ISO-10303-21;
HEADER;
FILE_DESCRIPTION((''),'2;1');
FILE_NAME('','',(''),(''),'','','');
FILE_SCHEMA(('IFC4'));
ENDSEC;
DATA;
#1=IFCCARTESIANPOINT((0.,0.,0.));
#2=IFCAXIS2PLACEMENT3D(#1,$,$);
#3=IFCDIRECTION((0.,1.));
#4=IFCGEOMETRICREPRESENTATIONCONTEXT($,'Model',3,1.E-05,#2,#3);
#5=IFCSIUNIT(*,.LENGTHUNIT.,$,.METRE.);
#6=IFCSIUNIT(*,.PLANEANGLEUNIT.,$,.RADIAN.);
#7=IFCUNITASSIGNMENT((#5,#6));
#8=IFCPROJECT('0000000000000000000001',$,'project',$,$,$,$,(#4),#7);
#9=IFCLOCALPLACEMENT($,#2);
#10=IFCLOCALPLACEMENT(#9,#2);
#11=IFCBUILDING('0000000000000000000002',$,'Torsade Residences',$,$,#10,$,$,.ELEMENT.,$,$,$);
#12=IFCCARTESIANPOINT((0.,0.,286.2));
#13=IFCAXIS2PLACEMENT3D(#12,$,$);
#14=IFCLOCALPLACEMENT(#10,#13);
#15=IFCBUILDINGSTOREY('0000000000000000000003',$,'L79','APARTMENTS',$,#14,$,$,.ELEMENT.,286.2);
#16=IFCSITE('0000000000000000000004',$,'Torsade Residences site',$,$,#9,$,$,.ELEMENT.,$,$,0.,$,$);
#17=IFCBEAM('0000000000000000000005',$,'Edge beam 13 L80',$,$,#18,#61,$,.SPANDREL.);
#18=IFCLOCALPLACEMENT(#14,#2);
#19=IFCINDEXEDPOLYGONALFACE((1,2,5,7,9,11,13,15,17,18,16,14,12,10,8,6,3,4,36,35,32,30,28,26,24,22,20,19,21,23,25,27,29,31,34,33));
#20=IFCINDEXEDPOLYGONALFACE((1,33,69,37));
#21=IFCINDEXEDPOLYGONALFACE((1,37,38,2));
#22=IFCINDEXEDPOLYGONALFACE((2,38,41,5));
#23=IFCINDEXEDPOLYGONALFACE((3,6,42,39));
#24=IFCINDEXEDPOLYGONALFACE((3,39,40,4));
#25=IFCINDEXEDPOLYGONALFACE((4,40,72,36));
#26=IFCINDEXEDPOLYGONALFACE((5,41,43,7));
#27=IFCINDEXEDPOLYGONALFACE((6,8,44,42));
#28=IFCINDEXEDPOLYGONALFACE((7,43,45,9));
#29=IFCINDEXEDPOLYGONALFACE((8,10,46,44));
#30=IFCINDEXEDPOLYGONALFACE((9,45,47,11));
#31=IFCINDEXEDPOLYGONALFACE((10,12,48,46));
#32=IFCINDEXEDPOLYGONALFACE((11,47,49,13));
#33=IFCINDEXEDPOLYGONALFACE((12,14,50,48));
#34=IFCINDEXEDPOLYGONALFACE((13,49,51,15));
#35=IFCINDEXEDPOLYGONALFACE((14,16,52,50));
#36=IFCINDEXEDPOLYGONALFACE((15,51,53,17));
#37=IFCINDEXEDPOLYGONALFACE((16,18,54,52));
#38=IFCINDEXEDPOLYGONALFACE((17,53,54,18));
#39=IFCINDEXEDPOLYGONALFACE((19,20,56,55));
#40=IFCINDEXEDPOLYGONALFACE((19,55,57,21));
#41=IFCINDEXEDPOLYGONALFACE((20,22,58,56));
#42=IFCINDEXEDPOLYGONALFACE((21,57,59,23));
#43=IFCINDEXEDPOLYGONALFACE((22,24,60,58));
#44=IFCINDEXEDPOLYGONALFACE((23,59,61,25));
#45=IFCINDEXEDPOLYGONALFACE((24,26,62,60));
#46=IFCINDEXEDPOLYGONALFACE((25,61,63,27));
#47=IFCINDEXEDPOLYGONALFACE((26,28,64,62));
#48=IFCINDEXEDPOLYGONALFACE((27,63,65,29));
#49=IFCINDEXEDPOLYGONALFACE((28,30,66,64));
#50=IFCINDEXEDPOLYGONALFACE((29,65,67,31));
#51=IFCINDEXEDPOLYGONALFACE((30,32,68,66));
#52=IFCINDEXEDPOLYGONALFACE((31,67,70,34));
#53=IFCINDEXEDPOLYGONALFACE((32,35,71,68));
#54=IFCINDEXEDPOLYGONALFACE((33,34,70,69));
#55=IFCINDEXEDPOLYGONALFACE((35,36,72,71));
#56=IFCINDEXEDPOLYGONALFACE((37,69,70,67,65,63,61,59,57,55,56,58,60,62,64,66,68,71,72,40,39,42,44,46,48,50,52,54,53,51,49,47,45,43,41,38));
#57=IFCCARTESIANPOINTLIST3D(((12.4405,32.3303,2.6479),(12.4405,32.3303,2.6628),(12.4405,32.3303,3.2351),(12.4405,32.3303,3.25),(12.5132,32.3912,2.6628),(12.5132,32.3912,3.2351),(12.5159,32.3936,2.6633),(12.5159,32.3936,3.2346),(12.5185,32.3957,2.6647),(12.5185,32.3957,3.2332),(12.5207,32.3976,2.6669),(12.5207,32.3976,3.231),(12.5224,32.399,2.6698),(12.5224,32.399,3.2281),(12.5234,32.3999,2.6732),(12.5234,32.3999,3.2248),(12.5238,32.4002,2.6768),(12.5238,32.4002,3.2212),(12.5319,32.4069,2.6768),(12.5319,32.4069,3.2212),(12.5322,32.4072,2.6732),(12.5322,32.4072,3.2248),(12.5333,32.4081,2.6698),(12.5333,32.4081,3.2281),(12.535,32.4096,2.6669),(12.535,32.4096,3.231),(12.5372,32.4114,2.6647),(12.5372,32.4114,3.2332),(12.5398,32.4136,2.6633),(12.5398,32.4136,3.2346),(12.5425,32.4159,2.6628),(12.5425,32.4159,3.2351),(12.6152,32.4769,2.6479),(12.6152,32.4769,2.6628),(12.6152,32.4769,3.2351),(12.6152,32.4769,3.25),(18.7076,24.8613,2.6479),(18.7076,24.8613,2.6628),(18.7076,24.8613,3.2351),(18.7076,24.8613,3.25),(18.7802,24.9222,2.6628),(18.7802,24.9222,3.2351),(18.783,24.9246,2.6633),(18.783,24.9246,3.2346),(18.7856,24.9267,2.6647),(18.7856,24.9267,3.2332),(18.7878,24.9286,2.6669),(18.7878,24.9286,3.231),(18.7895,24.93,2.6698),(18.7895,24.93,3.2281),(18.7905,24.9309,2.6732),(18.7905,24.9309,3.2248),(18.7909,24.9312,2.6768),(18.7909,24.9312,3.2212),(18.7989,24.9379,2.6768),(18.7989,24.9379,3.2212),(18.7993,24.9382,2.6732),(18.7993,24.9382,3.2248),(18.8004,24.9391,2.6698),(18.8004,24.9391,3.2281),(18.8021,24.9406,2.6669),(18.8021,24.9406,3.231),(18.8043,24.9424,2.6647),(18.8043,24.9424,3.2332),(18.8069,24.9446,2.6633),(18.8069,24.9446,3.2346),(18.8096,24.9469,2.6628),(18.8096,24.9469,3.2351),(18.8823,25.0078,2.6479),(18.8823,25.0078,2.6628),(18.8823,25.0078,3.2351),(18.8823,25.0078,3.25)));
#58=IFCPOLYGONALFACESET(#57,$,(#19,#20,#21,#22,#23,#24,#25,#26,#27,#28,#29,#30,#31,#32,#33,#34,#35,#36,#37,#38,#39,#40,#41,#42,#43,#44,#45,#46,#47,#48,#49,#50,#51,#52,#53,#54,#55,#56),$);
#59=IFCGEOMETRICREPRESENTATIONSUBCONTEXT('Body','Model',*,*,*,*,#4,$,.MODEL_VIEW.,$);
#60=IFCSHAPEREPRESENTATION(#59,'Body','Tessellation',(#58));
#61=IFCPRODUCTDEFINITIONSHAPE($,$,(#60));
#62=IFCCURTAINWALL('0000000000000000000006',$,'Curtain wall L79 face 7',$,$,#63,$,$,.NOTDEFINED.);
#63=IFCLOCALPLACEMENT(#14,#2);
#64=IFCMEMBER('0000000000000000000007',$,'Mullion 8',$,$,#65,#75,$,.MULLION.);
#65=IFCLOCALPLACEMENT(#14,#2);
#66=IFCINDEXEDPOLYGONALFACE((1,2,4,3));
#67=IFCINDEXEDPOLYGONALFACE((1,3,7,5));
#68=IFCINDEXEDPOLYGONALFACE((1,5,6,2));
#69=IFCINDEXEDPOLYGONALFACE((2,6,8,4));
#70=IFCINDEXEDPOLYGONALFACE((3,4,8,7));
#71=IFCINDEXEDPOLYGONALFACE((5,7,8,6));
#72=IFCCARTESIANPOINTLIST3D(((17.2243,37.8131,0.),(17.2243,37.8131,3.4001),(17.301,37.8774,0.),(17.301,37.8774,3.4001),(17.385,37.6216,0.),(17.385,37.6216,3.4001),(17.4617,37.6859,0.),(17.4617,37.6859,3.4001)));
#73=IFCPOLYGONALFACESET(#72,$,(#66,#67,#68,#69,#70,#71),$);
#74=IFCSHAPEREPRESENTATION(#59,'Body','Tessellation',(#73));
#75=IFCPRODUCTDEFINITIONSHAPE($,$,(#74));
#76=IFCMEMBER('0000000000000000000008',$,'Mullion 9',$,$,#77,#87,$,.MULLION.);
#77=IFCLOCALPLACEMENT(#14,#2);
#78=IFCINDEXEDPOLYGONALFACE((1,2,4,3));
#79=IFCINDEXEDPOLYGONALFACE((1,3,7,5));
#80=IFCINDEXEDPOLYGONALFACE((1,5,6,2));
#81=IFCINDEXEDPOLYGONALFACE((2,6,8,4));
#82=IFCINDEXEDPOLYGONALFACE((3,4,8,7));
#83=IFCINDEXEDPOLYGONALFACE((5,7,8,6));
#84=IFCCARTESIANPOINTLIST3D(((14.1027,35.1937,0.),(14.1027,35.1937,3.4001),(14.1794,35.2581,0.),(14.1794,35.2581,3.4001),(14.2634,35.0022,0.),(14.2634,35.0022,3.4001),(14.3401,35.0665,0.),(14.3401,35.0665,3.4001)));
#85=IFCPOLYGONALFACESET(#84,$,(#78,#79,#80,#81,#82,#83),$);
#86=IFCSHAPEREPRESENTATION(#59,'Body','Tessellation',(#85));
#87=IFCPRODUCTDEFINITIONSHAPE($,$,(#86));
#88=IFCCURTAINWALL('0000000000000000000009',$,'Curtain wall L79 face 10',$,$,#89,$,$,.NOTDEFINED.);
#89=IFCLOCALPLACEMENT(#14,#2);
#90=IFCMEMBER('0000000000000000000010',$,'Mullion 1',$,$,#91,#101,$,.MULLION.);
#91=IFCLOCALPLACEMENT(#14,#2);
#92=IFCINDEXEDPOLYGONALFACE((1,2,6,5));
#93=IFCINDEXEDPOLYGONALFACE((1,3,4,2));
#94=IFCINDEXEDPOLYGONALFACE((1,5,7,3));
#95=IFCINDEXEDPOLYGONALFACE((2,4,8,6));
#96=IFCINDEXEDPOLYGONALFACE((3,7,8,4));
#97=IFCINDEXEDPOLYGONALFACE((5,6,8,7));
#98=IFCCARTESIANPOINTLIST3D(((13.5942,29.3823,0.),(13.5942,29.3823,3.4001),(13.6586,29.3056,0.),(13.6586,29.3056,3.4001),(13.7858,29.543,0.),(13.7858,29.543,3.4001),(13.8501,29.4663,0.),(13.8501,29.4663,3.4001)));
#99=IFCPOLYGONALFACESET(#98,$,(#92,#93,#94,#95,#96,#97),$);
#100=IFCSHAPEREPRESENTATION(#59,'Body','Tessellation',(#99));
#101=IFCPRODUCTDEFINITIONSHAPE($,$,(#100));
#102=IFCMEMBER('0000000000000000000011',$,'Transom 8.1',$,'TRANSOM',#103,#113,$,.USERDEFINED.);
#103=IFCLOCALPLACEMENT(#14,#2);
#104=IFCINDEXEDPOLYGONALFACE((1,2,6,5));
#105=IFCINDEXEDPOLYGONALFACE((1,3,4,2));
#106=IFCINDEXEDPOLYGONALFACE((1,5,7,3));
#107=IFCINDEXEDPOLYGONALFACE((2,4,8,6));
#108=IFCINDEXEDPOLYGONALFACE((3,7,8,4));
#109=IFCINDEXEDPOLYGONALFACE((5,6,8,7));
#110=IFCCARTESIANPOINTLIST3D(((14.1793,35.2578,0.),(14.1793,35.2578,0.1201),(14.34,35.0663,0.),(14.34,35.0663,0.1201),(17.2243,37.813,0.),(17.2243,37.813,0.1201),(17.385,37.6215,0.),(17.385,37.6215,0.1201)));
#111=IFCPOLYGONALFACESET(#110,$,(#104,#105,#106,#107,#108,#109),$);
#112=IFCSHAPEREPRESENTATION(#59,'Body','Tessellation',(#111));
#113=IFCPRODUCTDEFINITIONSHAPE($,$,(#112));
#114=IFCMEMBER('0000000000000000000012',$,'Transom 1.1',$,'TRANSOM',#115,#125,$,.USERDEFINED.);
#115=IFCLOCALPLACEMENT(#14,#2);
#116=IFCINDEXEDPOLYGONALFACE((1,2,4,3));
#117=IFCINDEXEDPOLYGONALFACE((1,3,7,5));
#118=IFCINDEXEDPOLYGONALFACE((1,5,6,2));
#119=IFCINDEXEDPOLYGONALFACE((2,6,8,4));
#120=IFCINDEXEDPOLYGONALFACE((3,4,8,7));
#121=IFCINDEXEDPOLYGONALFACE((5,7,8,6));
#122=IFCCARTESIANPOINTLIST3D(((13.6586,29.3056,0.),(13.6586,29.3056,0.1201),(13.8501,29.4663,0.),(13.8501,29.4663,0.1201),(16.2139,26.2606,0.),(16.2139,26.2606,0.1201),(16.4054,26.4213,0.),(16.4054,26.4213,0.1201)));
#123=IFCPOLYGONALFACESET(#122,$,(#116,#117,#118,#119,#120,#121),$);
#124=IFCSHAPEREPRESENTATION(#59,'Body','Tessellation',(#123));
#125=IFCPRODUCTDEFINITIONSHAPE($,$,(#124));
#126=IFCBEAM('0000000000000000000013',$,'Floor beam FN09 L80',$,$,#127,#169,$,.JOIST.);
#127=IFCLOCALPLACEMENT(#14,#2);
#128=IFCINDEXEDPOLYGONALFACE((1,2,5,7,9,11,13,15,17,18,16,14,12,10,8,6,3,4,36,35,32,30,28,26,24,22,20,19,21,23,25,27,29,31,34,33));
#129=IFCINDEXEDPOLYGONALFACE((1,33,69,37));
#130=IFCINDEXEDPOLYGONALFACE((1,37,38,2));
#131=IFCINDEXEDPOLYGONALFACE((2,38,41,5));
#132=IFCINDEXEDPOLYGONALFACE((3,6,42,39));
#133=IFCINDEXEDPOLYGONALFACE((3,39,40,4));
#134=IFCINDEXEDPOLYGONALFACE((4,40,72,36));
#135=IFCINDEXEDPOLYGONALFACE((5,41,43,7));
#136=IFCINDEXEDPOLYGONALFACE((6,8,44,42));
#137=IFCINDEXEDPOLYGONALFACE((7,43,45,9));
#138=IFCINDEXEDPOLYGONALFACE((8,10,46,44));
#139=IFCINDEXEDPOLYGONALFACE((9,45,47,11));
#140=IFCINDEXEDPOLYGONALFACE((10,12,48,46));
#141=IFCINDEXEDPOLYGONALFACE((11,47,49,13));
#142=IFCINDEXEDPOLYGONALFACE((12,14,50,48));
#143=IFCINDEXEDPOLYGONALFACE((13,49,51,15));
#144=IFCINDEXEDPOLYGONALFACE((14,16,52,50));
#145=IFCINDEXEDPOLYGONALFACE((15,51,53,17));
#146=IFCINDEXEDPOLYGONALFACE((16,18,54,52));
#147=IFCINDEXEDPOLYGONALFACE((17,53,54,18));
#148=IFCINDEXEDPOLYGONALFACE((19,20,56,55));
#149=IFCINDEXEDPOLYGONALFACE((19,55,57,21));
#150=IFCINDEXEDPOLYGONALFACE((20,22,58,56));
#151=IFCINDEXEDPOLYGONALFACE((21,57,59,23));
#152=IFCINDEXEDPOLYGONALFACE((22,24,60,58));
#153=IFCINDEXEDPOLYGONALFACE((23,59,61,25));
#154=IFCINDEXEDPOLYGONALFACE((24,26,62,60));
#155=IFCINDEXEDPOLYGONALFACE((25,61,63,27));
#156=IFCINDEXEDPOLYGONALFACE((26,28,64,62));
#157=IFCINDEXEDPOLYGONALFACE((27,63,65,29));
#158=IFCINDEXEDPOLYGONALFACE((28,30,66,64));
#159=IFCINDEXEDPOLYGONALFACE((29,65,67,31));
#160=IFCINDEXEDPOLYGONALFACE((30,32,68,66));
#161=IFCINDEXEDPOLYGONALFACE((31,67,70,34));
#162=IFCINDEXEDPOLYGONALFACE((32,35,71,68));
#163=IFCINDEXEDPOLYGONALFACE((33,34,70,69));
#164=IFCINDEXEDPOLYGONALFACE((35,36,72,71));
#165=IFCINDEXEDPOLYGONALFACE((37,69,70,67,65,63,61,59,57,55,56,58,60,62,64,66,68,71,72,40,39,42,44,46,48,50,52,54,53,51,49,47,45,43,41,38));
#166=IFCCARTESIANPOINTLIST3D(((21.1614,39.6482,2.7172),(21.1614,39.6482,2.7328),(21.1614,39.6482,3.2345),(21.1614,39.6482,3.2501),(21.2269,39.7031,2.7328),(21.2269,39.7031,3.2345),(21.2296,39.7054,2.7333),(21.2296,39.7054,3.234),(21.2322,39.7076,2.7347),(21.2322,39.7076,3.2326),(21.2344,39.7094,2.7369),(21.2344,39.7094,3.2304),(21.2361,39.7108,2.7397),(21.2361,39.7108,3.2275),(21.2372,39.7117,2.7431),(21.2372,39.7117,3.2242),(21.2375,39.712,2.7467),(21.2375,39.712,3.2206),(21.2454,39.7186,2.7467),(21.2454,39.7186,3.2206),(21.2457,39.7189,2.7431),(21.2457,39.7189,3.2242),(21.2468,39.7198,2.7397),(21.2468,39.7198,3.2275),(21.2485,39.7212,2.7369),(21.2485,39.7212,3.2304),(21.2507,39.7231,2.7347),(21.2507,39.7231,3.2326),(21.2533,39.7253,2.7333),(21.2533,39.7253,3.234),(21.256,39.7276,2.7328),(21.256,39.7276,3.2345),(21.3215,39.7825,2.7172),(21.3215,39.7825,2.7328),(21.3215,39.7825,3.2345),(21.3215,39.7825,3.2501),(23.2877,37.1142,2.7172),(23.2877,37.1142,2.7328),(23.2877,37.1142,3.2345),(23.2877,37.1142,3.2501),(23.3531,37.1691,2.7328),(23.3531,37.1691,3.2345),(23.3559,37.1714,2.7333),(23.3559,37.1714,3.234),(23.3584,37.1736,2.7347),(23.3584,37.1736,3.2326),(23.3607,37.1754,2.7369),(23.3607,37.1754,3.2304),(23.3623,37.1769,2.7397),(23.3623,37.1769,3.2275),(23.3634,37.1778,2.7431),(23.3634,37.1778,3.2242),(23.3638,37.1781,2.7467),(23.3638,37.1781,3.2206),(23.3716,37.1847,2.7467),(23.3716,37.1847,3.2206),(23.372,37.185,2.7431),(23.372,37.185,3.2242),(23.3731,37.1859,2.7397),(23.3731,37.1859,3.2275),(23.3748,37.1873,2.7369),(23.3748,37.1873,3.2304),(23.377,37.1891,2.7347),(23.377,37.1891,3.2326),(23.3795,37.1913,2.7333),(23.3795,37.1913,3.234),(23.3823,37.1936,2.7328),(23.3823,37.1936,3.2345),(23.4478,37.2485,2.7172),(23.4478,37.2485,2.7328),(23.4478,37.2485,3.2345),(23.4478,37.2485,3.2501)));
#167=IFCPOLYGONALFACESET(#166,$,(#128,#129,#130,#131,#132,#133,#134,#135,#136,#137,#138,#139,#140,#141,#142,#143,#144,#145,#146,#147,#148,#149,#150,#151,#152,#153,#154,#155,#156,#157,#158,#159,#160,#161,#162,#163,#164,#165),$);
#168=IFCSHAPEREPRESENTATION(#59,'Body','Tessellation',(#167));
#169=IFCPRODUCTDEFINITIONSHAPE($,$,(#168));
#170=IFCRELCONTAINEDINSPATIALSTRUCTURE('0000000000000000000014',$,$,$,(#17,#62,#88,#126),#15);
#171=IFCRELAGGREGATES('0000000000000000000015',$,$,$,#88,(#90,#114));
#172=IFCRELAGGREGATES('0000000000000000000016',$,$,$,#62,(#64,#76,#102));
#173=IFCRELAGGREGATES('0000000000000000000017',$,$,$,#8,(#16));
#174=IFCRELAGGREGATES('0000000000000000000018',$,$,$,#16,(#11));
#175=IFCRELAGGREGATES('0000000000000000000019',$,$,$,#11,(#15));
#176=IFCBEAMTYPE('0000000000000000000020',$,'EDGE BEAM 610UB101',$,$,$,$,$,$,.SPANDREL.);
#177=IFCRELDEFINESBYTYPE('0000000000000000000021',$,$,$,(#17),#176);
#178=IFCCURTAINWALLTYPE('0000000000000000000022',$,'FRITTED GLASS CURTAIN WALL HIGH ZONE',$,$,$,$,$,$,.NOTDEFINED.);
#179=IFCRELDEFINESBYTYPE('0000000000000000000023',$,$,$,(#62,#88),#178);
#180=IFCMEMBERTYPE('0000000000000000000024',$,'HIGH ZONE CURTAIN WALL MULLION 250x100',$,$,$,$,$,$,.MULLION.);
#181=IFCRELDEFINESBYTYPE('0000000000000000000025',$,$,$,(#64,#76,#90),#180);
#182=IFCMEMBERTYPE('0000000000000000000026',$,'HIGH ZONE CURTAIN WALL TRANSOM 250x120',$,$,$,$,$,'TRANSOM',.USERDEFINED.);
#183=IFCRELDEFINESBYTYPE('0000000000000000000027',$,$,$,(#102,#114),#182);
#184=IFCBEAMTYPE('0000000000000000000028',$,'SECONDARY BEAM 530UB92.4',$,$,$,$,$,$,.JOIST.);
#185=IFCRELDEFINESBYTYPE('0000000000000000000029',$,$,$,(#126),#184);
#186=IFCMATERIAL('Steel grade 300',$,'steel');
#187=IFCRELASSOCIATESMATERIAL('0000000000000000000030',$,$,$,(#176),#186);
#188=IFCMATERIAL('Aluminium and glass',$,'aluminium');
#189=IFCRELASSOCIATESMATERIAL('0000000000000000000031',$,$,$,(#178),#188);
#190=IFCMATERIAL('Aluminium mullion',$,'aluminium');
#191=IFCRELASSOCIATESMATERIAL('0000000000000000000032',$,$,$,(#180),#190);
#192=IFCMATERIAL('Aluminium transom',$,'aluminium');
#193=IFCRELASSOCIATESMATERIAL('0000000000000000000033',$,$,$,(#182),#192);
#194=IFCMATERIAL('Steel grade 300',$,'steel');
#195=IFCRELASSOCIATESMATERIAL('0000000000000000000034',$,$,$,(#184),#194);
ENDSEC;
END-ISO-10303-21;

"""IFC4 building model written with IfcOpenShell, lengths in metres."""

from ifc_helpers import new_model, si_unit, direction, frame, origin, origin_2d, place, context, subcontext, project, spatial, rectangle, i_section, extrude, material, material_profile, profile_set, type_object, element, aggregate, save


model = new_model("IFC4")

# Units and contexts
model_context = context("Model", 3, precision=1e-05, world=origin(), true_north=direction((0.0, 1.0)))
body_context = subcontext(model_context, "Body", "Model", "MODEL_VIEW")
ifc_project = project(units=[si_unit("LENGTHUNIT", "METRE"), si_unit("PLANEANGLEUNIT", "RADIAN")], contexts=[model_context])

# Site, building, storey
site_placement = place(None, origin())
site = spatial("IfcSite", under=ifc_project, at=site_placement, Name="Torsade Residences site", CompositionType="ELEMENT", RefElevation=0.0)
building_placement = place(site_placement, origin())
building = spatial("IfcBuilding", under=site, at=building_placement, Name="Torsade Residences", CompositionType="ELEMENT")
storey_placement = place(building_placement, frame((0.0, 0.0, 286.2)))
storey = spatial("IfcBuildingStorey", under=building, at=storey_placement, Name="L79", Description="APARTMENTS", CompositionType="ELEMENT", Elevation=286.2)

# Beam
ifc_material_1 = material(Name="Steel grade 300", Category="steel")
ifc_material_profile_1 = material_profile(ifc_material_1, i_section(OverallWidth=0.228, OverallDepth=0.6021, WebThickness=0.0105, FlangeThickness=0.0149, FilletRadius=0.0139, at=origin_2d()), Name="610UB101")
ifc_profile_set_1 = profile_set([ifc_material_profile_1], Name="Steel grade 300")
beam_type_1 = type_object("IfcBeamType", Name="EDGE BEAM 610UB101", PredefinedType="SPANDREL", material=ifc_profile_set_1)
for number, where, z_axis, x_axis, name in (
    (1, (12.5278, 32.4036, 2.949), (0.642779, -0.766052, 0.0), (0.766052, 0.642779, 0.0), "Edge beam 13 L80"),
):
    element("IfcBeam", number, at=place(storey_placement, frame(where, z_axis=z_axis, x_axis=x_axis)), inside=storey, type_object=beam_type_1, Name=name, PredefinedType="SPANDREL", context=body_context, shape_type="SweptSolid", body=[
        extrude(i_section(OverallWidth=0.228, OverallDepth=0.6021, WebThickness=0.0105, FlangeThickness=0.0149, FilletRadius=0.0139, at=origin_2d()), origin(), (0.0, 0.0, 1.0), 9.75),
    ])

# Curtain wall, members
ifc_material_2 = material(Name="Aluminium and glass", Category="aluminium")
curtain_wall_type = type_object("IfcCurtainWallType", Name="FRITTED GLASS CURTAIN WALL HIGH ZONE", PredefinedType="NOTDEFINED", material=ifc_material_2)
curtain_wall_1_placement = place(storey_placement, origin())
curtain_wall_1 = element("IfcCurtainWall", 2, at=curtain_wall_1_placement, inside=storey, type_object=curtain_wall_type, Name="Curtain wall L79 face 7", PredefinedType="NOTDEFINED")
ifc_material_3 = material(Name="Aluminium mullion", Category="aluminium")
ifc_material_profile_2 = material_profile(ifc_material_3, rectangle(XDim=0.25, YDim=0.1001, at=origin_2d()), Name="HIGH ZONE CURTAIN WALL MULLION 250x100")
ifc_profile_set_2 = profile_set([ifc_material_profile_2], Name="Aluminium mullion")
member_type_1 = type_object("IfcMemberType", Name="HIGH ZONE CURTAIN WALL MULLION 250x100", PredefinedType="MULLION", material=ifc_profile_set_2)
member_1_placement = place(storey_placement, frame((17.343, 37.7495, 0.0), z_axis=(0.0, 0.0, 1.0), x_axis=(0.642788, -0.766044, 0.0)))
member_1 = element("IfcMember", 3, at=member_1_placement, type_object=member_type_1, Name="Mullion 8", PredefinedType="MULLION", context=body_context, shape_type="SweptSolid", body=[
    extrude(rectangle(XDim=0.25, YDim=0.1001, at=origin_2d()), origin(), (0.0, 0.0, 1.0), 3.4001),
])
member_2_placement = place(storey_placement, frame((14.2214, 35.1301, 0.0), z_axis=(0.0, 0.0, 1.0), x_axis=(0.642788, -0.766044, 0.0)))
member_2 = element("IfcMember", 4, at=member_2_placement, type_object=member_type_1, Name="Mullion 9", PredefinedType="MULLION", context=body_context, shape_type="SweptSolid", body=[
    extrude(rectangle(XDim=0.25, YDim=0.1001, at=origin_2d()), origin(), (0.0, 0.0, 1.0), 3.4001),
])

# Curtain wall, member
curtain_wall_2_placement = place(storey_placement, origin())
curtain_wall_2 = element("IfcCurtainWall", 5, at=curtain_wall_2_placement, inside=storey, type_object=curtain_wall_type, Name="Curtain wall L79 face 10", PredefinedType="NOTDEFINED")
member_3_placement = place(storey_placement, frame((13.7222, 29.4243, 0.0), z_axis=(0.0, 0.0, 1.0), x_axis=(0.766044, 0.642788, 0.0)))
member_3 = element("IfcMember", 6, at=member_3_placement, type_object=member_type_1, Name="Mullion 1", PredefinedType="MULLION", context=body_context, shape_type="SweptSolid", body=[
    extrude(rectangle(XDim=0.25, YDim=0.1001, at=origin_2d()), origin(), (0.0, 0.0, 1.0), 3.4001),
])

# Members
ifc_material_4 = material(Name="Aluminium transom", Category="aluminium")
ifc_material_profile_3 = material_profile(ifc_material_4, rectangle(XDim=0.25, YDim=0.1201, at=origin_2d()), Name="HIGH ZONE CURTAIN WALL TRANSOM 250x120")
ifc_profile_set_3 = profile_set([ifc_material_profile_3], Name="Aluminium transom")
member_type_2 = type_object("IfcMemberType", Name="HIGH ZONE CURTAIN WALL TRANSOM 250x120", ElementType="TRANSOM", PredefinedType="USERDEFINED", material=ifc_profile_set_3)
member_4_placement = place(storey_placement, frame((17.3047, 37.7173, 0.0601), z_axis=(-0.766022, -0.642815, 0.0), x_axis=(0.642815, -0.766022, 0.0)))
member_4 = element("IfcMember", 7, at=member_4_placement, type_object=member_type_2, Name="Transom 8.1", ObjectType="TRANSOM", PredefinedType="USERDEFINED", context=body_context, shape_type="SweptSolid", body=[
    extrude(rectangle(XDim=0.25, YDim=0.1201, at=origin_2d()), origin(), (0.0, 0.0, 1.0), 3.9751),
])
member_5_placement = place(storey_placement, frame((13.7544, 29.386, 0.0601), z_axis=(0.642815, -0.766022, 0.0), x_axis=(0.766022, 0.642815, 0.0)))
member_5 = element("IfcMember", 8, at=member_5_placement, type_object=member_type_2, Name="Transom 1.1", ObjectType="TRANSOM", PredefinedType="USERDEFINED", context=body_context, shape_type="SweptSolid", body=[
    extrude(rectangle(XDim=0.25, YDim=0.1201, at=origin_2d()), origin(), (0.0, 0.0, 1.0), 3.9751),
])
aggregate(curtain_wall_2, [member_3, member_5])

# Beam
ifc_material_5 = material(Name="Steel grade 300", Category="steel")
ifc_material_profile_4 = material_profile(ifc_material_5, i_section(OverallWidth=0.209, OverallDepth=0.533, WebThickness=0.0103, FlangeThickness=0.0156, FilletRadius=0.0139, at=origin_2d()), Name="530UB92.4")
ifc_profile_set_4 = profile_set([ifc_material_profile_4], Name="Steel grade 300")
beam_type_2 = type_object("IfcBeamType", Name="SECONDARY BEAM 530UB92.4", PredefinedType="JOIST", material=ifc_profile_set_4)
beam_1_placement = place(storey_placement, frame((21.2415, 39.7153, 2.9836), z_axis=(0.642787, -0.766045, 0.0), x_axis=(0.766045, 0.642787, 0.0)))
element("IfcBeam", 9, at=beam_1_placement, inside=storey, type_object=beam_type_2, Name="Floor beam FN09 L80", PredefinedType="JOIST", context=body_context, shape_type="SweptSolid", body=[
    extrude(i_section(OverallWidth=0.209, OverallDepth=0.533, WebThickness=0.0103, FlangeThickness=0.0156, FilletRadius=0.0139, at=origin_2d()), origin(), (0.0, 0.0, 1.0), 3.3079),
])

aggregate(curtain_wall_1, [member_1, member_2, member_4])

save(model, "model.ifc")
